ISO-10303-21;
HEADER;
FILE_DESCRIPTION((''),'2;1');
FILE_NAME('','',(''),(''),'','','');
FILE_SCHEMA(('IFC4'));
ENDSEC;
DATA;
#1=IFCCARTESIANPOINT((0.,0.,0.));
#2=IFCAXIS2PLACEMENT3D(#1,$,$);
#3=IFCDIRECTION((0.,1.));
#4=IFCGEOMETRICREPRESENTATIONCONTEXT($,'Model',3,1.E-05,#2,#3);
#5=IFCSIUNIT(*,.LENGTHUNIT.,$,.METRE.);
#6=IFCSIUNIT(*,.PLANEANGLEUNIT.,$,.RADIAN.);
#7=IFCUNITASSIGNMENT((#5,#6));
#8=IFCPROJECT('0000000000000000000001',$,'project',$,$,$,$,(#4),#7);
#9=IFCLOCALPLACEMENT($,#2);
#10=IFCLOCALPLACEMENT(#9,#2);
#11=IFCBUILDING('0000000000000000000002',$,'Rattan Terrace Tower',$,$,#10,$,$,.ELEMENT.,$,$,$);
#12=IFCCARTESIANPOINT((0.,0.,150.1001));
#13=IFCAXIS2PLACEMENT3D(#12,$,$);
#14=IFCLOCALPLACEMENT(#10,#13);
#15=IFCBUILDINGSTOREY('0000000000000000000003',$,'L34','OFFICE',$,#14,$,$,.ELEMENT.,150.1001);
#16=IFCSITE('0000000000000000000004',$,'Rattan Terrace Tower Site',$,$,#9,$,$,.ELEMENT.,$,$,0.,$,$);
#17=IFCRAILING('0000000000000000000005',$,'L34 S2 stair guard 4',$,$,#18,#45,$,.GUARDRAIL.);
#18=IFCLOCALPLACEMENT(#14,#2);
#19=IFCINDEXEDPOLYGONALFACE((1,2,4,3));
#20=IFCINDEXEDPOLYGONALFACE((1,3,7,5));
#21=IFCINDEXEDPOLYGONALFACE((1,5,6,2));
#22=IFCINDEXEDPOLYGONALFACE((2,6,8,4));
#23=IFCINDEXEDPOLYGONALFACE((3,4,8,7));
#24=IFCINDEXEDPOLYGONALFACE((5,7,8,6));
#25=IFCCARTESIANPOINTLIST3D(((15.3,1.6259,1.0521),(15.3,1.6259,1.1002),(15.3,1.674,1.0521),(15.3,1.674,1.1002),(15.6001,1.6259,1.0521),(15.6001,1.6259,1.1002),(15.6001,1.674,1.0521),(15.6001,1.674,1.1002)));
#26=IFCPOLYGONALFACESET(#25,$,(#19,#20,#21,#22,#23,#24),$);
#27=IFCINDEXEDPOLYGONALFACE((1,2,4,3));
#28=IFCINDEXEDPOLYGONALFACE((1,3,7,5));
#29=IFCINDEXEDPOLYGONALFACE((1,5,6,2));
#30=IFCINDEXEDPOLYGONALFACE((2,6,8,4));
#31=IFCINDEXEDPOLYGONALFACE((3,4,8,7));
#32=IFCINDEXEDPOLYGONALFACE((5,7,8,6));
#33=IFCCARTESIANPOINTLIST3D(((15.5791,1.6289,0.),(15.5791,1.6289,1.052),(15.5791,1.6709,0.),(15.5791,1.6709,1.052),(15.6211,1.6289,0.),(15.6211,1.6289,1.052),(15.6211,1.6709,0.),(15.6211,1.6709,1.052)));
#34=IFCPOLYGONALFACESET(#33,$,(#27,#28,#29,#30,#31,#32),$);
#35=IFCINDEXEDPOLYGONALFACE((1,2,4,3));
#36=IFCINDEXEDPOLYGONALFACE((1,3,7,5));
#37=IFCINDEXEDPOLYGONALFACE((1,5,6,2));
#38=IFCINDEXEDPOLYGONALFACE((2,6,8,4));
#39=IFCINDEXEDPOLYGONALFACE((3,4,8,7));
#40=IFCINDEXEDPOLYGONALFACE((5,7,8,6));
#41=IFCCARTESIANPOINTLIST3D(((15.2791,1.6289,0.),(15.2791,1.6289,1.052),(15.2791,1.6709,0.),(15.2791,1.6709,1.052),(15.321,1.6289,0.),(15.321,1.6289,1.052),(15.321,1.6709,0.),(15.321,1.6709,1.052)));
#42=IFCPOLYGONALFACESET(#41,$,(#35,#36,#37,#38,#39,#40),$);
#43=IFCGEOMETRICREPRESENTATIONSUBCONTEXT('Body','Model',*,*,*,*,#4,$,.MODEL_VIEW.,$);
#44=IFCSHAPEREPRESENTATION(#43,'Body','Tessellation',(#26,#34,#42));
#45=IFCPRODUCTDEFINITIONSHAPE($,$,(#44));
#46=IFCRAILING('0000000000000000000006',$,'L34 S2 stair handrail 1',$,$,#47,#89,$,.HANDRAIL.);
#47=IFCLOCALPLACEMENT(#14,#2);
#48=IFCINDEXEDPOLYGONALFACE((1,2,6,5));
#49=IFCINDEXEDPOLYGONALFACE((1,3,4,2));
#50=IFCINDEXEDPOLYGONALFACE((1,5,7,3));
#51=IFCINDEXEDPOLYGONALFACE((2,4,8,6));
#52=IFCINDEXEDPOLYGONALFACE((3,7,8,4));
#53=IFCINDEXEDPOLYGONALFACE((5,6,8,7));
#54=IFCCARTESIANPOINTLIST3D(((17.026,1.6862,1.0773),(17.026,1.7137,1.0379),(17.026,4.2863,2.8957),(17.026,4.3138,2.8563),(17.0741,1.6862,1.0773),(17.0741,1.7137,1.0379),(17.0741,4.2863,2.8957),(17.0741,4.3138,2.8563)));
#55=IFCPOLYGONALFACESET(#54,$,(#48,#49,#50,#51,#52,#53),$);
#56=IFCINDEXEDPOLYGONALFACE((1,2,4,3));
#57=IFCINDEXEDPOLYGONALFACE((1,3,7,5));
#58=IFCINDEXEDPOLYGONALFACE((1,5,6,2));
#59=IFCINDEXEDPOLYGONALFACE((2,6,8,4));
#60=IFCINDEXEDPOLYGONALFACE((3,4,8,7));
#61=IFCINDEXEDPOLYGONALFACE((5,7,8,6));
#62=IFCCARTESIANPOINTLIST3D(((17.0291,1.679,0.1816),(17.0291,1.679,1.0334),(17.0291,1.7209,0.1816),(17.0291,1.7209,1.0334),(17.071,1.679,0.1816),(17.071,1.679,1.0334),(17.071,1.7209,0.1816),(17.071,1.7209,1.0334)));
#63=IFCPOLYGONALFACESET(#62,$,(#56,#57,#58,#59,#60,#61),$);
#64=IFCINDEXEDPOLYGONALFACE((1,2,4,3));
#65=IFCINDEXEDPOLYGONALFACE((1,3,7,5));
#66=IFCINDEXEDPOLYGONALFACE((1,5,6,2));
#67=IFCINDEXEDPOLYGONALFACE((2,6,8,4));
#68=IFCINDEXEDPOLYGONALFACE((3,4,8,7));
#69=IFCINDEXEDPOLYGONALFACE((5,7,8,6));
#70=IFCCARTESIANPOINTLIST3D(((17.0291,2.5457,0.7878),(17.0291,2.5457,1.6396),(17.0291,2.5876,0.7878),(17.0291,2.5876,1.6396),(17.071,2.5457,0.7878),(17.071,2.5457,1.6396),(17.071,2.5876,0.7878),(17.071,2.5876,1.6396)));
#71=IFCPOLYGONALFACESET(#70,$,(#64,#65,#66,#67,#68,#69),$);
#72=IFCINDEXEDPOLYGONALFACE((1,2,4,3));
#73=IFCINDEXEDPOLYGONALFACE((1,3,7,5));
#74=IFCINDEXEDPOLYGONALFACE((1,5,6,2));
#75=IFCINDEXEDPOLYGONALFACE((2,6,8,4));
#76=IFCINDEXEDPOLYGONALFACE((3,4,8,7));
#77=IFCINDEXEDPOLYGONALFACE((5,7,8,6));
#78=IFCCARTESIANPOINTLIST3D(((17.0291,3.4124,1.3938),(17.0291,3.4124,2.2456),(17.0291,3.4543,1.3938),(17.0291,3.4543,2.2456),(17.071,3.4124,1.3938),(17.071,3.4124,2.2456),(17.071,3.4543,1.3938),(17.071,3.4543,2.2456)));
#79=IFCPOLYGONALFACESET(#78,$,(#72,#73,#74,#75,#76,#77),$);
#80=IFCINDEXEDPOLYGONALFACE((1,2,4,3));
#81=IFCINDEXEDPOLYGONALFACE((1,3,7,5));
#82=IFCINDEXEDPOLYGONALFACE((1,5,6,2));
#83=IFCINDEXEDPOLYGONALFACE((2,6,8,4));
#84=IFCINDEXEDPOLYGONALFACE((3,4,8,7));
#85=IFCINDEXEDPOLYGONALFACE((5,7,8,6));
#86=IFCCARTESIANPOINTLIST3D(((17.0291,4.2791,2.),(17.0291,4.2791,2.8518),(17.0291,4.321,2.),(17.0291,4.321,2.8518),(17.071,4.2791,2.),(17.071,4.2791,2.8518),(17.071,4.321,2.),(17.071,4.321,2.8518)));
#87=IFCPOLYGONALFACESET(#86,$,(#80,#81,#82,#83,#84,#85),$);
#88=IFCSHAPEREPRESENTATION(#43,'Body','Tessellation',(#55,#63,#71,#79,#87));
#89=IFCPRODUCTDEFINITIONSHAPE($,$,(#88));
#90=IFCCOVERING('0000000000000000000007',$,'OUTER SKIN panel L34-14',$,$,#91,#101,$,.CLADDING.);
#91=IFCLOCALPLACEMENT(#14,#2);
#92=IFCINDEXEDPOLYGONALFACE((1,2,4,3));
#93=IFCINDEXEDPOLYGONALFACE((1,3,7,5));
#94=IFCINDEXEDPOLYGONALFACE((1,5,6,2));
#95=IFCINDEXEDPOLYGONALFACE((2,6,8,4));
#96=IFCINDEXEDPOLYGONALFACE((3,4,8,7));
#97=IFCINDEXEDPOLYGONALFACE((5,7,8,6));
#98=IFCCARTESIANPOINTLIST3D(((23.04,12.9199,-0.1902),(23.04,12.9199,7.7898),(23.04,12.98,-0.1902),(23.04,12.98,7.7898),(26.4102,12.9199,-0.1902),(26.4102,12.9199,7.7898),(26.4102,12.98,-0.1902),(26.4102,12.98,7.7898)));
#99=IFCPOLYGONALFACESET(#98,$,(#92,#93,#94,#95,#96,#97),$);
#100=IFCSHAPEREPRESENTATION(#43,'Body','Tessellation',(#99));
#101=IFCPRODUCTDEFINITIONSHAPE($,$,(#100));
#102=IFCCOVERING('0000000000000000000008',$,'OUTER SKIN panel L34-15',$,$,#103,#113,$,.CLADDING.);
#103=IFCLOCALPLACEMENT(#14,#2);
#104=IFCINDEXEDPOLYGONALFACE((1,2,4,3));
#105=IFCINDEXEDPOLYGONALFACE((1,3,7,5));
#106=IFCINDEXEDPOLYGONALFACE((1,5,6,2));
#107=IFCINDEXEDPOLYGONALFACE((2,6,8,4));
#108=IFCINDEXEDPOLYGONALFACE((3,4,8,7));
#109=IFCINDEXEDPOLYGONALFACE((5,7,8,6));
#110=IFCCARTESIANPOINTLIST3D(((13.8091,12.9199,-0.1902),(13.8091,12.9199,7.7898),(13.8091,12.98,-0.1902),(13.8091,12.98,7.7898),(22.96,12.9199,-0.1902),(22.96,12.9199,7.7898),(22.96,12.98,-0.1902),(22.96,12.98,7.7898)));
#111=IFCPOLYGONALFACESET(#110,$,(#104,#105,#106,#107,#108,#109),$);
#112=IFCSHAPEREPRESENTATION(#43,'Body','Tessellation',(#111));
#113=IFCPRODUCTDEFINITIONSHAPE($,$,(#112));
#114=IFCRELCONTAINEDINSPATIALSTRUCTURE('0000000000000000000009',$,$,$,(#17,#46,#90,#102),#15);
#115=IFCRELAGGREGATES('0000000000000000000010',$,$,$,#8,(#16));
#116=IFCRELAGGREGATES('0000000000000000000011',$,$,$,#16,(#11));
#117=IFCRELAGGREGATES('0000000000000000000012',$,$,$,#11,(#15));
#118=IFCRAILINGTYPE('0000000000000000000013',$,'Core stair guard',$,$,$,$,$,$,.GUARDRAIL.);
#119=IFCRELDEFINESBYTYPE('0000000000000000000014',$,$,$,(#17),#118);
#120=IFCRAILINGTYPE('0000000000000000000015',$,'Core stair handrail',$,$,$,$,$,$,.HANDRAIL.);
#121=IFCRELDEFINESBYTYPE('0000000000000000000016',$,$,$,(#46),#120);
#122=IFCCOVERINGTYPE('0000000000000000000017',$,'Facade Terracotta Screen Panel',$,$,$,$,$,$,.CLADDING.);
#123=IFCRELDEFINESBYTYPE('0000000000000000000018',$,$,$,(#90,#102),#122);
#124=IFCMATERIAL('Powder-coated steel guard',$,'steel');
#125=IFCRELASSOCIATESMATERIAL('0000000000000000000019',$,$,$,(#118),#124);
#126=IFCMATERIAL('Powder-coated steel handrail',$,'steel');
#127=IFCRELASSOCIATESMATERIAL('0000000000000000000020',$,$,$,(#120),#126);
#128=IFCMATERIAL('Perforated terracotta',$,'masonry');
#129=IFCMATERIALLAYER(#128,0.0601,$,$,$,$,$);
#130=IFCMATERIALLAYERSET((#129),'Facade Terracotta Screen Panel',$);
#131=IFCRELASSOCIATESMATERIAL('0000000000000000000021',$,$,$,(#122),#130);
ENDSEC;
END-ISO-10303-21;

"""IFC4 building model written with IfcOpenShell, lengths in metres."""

from ifc_helpers import new_model, si_unit, direction, frame, origin, origin_2d, place, context, subcontext, project, spatial, rectangle, extrude, material, layer, layer_set, type_object, element, save


model = new_model("IFC4")

# Units and contexts
model_context = context("Model", 3, precision=1e-05, world=origin(), true_north=direction((0.0, 1.0)))
body_context = subcontext(model_context, "Body", "Model", "MODEL_VIEW")
ifc_project = project(units=[si_unit("LENGTHUNIT", "METRE"), si_unit("PLANEANGLEUNIT", "RADIAN")], contexts=[model_context])

# Site, building, storey
site_placement = place(None, origin())
site = spatial("IfcSite", under=ifc_project, at=site_placement, Name="Rattan Terrace Tower Site", CompositionType="ELEMENT", RefElevation=0.0)
building_placement = place(site_placement, origin())
building = spatial("IfcBuilding", under=site, at=building_placement, Name="Rattan Terrace Tower", CompositionType="ELEMENT")
storey_placement = place(building_placement, frame((0.0, 0.0, 150.1001)))
storey = spatial("IfcBuildingStorey", under=building, at=storey_placement, Name="L34", Description="OFFICE", CompositionType="ELEMENT", Elevation=150.1001)

# Railings
ifc_material_1 = material(Name="Powder-coated steel guard", Category="steel")
railing_type_1 = type_object("IfcRailingType", Name="Core stair guard", PredefinedType="GUARDRAIL", material=ifc_material_1)
for number, where, name in (
    (1, (15.6001, 1.6499, 0.0), "L34 S2 stair guard 4"),
):
    element("IfcRailing", number, at=place(storey_placement, frame(where)), inside=storey, type_object=railing_type_1, Name=name, PredefinedType="GUARDRAIL", context=body_context, shape_type="SweptSolid", body=[
        extrude(rectangle(XDim=0.0481, YDim=0.0481, at=origin_2d()), frame((0.0, 0.0, 1.0762), z_axis=(-1.0, 0.0, 0.0), x_axis=(0.0, -1.0, 0.0)), (0.0, 0.0, 1.0), 0.3),
        extrude(rectangle(XDim=0.042, YDim=0.042, at=origin_2d()), origin(), (0.0, 0.0, 1.0), 1.052),
        extrude(rectangle(XDim=0.042, YDim=0.042, at=origin_2d()), frame((-0.3, 0.0, 0.0)), (0.0, 0.0, 1.0), 1.052),
    ])
ifc_material_2 = material(Name="Powder-coated steel handrail", Category="steel")
railing_type_2 = type_object("IfcRailingType", Name="Core stair handrail", PredefinedType="HANDRAIL", material=ifc_material_2)
railing_1_placement = place(storey_placement, frame((17.05, 1.7, 0.1816)))
element("IfcRailing", 2, at=railing_1_placement, inside=storey, type_object=railing_type_2, Name="L34 S2 stair handrail 1", PredefinedType="HANDRAIL", context=body_context, shape_type="SweptSolid", body=[
    extrude(rectangle(XDim=0.0481, YDim=0.0481, at=origin_2d()), frame((0.0, 0.0, 0.876), z_axis=(0.0, 0.819485, 0.573101), x_axis=(-1.0, 0.0, 0.0)), (0.0, 0.0, 1.0), 3.1729),
    extrude(rectangle(XDim=0.042, YDim=0.042, at=origin_2d()), origin(), (0.0, 0.0, 1.0), 0.8518),
    extrude(rectangle(XDim=0.042, YDim=0.042, at=origin_2d()), frame((0.0, 0.8667, 0.6062)), (0.0, 0.0, 1.0), 0.8518),
    extrude(rectangle(XDim=0.042, YDim=0.042, at=origin_2d()), frame((0.0, 1.7334, 1.2122)), (0.0, 0.0, 1.0), 0.8518),
    extrude(rectangle(XDim=0.042, YDim=0.042, at=origin_2d()), frame((0.0, 2.6001, 1.8184)), (0.0, 0.0, 1.0), 0.8518),
])

# Coverings
ifc_material_3 = material(Name="Perforated terracotta", Category="masonry")
ifc_layer_1 = layer(ifc_material_3, 0.0601)
ifc_layer_set_1 = layer_set([ifc_layer_1], Name="Facade Terracotta Screen Panel")
covering_type = type_object("IfcCoveringType", Name="Facade Terracotta Screen Panel", PredefinedType="CLADDING", material=ifc_layer_set_1)
covering_1_placement = place(storey_placement, frame((24.7251, 12.95, -0.1902), z_axis=(0.0, 0.0, 1.0), x_axis=(-1.0, 0.0, 0.0)))
element("IfcCovering", 3, at=covering_1_placement, inside=storey, type_object=covering_type, Name="OUTER SKIN panel L34-14", PredefinedType="CLADDING", context=body_context, shape_type="SweptSolid", body=[
    extrude(rectangle(XDim=3.3701, YDim=0.0601, at=origin_2d()), origin(), (0.0, 0.0, 1.0), 7.98),
])
covering_2_placement = place(storey_placement, frame((18.3845, 12.95, -0.1902), z_axis=(0.0, 0.0, 1.0), x_axis=(-1.0, 0.0, 0.0)))
element("IfcCovering", 4, at=covering_2_placement, inside=storey, type_object=covering_type, Name="OUTER SKIN panel L34-15", PredefinedType="CLADDING", context=body_context, shape_type="SweptSolid", body=[
    extrude(rectangle(XDim=9.1509, YDim=0.0601, at=origin_2d()), origin(), (0.0, 0.0, 1.0), 7.98),
])

save(model, "model.ifc")
